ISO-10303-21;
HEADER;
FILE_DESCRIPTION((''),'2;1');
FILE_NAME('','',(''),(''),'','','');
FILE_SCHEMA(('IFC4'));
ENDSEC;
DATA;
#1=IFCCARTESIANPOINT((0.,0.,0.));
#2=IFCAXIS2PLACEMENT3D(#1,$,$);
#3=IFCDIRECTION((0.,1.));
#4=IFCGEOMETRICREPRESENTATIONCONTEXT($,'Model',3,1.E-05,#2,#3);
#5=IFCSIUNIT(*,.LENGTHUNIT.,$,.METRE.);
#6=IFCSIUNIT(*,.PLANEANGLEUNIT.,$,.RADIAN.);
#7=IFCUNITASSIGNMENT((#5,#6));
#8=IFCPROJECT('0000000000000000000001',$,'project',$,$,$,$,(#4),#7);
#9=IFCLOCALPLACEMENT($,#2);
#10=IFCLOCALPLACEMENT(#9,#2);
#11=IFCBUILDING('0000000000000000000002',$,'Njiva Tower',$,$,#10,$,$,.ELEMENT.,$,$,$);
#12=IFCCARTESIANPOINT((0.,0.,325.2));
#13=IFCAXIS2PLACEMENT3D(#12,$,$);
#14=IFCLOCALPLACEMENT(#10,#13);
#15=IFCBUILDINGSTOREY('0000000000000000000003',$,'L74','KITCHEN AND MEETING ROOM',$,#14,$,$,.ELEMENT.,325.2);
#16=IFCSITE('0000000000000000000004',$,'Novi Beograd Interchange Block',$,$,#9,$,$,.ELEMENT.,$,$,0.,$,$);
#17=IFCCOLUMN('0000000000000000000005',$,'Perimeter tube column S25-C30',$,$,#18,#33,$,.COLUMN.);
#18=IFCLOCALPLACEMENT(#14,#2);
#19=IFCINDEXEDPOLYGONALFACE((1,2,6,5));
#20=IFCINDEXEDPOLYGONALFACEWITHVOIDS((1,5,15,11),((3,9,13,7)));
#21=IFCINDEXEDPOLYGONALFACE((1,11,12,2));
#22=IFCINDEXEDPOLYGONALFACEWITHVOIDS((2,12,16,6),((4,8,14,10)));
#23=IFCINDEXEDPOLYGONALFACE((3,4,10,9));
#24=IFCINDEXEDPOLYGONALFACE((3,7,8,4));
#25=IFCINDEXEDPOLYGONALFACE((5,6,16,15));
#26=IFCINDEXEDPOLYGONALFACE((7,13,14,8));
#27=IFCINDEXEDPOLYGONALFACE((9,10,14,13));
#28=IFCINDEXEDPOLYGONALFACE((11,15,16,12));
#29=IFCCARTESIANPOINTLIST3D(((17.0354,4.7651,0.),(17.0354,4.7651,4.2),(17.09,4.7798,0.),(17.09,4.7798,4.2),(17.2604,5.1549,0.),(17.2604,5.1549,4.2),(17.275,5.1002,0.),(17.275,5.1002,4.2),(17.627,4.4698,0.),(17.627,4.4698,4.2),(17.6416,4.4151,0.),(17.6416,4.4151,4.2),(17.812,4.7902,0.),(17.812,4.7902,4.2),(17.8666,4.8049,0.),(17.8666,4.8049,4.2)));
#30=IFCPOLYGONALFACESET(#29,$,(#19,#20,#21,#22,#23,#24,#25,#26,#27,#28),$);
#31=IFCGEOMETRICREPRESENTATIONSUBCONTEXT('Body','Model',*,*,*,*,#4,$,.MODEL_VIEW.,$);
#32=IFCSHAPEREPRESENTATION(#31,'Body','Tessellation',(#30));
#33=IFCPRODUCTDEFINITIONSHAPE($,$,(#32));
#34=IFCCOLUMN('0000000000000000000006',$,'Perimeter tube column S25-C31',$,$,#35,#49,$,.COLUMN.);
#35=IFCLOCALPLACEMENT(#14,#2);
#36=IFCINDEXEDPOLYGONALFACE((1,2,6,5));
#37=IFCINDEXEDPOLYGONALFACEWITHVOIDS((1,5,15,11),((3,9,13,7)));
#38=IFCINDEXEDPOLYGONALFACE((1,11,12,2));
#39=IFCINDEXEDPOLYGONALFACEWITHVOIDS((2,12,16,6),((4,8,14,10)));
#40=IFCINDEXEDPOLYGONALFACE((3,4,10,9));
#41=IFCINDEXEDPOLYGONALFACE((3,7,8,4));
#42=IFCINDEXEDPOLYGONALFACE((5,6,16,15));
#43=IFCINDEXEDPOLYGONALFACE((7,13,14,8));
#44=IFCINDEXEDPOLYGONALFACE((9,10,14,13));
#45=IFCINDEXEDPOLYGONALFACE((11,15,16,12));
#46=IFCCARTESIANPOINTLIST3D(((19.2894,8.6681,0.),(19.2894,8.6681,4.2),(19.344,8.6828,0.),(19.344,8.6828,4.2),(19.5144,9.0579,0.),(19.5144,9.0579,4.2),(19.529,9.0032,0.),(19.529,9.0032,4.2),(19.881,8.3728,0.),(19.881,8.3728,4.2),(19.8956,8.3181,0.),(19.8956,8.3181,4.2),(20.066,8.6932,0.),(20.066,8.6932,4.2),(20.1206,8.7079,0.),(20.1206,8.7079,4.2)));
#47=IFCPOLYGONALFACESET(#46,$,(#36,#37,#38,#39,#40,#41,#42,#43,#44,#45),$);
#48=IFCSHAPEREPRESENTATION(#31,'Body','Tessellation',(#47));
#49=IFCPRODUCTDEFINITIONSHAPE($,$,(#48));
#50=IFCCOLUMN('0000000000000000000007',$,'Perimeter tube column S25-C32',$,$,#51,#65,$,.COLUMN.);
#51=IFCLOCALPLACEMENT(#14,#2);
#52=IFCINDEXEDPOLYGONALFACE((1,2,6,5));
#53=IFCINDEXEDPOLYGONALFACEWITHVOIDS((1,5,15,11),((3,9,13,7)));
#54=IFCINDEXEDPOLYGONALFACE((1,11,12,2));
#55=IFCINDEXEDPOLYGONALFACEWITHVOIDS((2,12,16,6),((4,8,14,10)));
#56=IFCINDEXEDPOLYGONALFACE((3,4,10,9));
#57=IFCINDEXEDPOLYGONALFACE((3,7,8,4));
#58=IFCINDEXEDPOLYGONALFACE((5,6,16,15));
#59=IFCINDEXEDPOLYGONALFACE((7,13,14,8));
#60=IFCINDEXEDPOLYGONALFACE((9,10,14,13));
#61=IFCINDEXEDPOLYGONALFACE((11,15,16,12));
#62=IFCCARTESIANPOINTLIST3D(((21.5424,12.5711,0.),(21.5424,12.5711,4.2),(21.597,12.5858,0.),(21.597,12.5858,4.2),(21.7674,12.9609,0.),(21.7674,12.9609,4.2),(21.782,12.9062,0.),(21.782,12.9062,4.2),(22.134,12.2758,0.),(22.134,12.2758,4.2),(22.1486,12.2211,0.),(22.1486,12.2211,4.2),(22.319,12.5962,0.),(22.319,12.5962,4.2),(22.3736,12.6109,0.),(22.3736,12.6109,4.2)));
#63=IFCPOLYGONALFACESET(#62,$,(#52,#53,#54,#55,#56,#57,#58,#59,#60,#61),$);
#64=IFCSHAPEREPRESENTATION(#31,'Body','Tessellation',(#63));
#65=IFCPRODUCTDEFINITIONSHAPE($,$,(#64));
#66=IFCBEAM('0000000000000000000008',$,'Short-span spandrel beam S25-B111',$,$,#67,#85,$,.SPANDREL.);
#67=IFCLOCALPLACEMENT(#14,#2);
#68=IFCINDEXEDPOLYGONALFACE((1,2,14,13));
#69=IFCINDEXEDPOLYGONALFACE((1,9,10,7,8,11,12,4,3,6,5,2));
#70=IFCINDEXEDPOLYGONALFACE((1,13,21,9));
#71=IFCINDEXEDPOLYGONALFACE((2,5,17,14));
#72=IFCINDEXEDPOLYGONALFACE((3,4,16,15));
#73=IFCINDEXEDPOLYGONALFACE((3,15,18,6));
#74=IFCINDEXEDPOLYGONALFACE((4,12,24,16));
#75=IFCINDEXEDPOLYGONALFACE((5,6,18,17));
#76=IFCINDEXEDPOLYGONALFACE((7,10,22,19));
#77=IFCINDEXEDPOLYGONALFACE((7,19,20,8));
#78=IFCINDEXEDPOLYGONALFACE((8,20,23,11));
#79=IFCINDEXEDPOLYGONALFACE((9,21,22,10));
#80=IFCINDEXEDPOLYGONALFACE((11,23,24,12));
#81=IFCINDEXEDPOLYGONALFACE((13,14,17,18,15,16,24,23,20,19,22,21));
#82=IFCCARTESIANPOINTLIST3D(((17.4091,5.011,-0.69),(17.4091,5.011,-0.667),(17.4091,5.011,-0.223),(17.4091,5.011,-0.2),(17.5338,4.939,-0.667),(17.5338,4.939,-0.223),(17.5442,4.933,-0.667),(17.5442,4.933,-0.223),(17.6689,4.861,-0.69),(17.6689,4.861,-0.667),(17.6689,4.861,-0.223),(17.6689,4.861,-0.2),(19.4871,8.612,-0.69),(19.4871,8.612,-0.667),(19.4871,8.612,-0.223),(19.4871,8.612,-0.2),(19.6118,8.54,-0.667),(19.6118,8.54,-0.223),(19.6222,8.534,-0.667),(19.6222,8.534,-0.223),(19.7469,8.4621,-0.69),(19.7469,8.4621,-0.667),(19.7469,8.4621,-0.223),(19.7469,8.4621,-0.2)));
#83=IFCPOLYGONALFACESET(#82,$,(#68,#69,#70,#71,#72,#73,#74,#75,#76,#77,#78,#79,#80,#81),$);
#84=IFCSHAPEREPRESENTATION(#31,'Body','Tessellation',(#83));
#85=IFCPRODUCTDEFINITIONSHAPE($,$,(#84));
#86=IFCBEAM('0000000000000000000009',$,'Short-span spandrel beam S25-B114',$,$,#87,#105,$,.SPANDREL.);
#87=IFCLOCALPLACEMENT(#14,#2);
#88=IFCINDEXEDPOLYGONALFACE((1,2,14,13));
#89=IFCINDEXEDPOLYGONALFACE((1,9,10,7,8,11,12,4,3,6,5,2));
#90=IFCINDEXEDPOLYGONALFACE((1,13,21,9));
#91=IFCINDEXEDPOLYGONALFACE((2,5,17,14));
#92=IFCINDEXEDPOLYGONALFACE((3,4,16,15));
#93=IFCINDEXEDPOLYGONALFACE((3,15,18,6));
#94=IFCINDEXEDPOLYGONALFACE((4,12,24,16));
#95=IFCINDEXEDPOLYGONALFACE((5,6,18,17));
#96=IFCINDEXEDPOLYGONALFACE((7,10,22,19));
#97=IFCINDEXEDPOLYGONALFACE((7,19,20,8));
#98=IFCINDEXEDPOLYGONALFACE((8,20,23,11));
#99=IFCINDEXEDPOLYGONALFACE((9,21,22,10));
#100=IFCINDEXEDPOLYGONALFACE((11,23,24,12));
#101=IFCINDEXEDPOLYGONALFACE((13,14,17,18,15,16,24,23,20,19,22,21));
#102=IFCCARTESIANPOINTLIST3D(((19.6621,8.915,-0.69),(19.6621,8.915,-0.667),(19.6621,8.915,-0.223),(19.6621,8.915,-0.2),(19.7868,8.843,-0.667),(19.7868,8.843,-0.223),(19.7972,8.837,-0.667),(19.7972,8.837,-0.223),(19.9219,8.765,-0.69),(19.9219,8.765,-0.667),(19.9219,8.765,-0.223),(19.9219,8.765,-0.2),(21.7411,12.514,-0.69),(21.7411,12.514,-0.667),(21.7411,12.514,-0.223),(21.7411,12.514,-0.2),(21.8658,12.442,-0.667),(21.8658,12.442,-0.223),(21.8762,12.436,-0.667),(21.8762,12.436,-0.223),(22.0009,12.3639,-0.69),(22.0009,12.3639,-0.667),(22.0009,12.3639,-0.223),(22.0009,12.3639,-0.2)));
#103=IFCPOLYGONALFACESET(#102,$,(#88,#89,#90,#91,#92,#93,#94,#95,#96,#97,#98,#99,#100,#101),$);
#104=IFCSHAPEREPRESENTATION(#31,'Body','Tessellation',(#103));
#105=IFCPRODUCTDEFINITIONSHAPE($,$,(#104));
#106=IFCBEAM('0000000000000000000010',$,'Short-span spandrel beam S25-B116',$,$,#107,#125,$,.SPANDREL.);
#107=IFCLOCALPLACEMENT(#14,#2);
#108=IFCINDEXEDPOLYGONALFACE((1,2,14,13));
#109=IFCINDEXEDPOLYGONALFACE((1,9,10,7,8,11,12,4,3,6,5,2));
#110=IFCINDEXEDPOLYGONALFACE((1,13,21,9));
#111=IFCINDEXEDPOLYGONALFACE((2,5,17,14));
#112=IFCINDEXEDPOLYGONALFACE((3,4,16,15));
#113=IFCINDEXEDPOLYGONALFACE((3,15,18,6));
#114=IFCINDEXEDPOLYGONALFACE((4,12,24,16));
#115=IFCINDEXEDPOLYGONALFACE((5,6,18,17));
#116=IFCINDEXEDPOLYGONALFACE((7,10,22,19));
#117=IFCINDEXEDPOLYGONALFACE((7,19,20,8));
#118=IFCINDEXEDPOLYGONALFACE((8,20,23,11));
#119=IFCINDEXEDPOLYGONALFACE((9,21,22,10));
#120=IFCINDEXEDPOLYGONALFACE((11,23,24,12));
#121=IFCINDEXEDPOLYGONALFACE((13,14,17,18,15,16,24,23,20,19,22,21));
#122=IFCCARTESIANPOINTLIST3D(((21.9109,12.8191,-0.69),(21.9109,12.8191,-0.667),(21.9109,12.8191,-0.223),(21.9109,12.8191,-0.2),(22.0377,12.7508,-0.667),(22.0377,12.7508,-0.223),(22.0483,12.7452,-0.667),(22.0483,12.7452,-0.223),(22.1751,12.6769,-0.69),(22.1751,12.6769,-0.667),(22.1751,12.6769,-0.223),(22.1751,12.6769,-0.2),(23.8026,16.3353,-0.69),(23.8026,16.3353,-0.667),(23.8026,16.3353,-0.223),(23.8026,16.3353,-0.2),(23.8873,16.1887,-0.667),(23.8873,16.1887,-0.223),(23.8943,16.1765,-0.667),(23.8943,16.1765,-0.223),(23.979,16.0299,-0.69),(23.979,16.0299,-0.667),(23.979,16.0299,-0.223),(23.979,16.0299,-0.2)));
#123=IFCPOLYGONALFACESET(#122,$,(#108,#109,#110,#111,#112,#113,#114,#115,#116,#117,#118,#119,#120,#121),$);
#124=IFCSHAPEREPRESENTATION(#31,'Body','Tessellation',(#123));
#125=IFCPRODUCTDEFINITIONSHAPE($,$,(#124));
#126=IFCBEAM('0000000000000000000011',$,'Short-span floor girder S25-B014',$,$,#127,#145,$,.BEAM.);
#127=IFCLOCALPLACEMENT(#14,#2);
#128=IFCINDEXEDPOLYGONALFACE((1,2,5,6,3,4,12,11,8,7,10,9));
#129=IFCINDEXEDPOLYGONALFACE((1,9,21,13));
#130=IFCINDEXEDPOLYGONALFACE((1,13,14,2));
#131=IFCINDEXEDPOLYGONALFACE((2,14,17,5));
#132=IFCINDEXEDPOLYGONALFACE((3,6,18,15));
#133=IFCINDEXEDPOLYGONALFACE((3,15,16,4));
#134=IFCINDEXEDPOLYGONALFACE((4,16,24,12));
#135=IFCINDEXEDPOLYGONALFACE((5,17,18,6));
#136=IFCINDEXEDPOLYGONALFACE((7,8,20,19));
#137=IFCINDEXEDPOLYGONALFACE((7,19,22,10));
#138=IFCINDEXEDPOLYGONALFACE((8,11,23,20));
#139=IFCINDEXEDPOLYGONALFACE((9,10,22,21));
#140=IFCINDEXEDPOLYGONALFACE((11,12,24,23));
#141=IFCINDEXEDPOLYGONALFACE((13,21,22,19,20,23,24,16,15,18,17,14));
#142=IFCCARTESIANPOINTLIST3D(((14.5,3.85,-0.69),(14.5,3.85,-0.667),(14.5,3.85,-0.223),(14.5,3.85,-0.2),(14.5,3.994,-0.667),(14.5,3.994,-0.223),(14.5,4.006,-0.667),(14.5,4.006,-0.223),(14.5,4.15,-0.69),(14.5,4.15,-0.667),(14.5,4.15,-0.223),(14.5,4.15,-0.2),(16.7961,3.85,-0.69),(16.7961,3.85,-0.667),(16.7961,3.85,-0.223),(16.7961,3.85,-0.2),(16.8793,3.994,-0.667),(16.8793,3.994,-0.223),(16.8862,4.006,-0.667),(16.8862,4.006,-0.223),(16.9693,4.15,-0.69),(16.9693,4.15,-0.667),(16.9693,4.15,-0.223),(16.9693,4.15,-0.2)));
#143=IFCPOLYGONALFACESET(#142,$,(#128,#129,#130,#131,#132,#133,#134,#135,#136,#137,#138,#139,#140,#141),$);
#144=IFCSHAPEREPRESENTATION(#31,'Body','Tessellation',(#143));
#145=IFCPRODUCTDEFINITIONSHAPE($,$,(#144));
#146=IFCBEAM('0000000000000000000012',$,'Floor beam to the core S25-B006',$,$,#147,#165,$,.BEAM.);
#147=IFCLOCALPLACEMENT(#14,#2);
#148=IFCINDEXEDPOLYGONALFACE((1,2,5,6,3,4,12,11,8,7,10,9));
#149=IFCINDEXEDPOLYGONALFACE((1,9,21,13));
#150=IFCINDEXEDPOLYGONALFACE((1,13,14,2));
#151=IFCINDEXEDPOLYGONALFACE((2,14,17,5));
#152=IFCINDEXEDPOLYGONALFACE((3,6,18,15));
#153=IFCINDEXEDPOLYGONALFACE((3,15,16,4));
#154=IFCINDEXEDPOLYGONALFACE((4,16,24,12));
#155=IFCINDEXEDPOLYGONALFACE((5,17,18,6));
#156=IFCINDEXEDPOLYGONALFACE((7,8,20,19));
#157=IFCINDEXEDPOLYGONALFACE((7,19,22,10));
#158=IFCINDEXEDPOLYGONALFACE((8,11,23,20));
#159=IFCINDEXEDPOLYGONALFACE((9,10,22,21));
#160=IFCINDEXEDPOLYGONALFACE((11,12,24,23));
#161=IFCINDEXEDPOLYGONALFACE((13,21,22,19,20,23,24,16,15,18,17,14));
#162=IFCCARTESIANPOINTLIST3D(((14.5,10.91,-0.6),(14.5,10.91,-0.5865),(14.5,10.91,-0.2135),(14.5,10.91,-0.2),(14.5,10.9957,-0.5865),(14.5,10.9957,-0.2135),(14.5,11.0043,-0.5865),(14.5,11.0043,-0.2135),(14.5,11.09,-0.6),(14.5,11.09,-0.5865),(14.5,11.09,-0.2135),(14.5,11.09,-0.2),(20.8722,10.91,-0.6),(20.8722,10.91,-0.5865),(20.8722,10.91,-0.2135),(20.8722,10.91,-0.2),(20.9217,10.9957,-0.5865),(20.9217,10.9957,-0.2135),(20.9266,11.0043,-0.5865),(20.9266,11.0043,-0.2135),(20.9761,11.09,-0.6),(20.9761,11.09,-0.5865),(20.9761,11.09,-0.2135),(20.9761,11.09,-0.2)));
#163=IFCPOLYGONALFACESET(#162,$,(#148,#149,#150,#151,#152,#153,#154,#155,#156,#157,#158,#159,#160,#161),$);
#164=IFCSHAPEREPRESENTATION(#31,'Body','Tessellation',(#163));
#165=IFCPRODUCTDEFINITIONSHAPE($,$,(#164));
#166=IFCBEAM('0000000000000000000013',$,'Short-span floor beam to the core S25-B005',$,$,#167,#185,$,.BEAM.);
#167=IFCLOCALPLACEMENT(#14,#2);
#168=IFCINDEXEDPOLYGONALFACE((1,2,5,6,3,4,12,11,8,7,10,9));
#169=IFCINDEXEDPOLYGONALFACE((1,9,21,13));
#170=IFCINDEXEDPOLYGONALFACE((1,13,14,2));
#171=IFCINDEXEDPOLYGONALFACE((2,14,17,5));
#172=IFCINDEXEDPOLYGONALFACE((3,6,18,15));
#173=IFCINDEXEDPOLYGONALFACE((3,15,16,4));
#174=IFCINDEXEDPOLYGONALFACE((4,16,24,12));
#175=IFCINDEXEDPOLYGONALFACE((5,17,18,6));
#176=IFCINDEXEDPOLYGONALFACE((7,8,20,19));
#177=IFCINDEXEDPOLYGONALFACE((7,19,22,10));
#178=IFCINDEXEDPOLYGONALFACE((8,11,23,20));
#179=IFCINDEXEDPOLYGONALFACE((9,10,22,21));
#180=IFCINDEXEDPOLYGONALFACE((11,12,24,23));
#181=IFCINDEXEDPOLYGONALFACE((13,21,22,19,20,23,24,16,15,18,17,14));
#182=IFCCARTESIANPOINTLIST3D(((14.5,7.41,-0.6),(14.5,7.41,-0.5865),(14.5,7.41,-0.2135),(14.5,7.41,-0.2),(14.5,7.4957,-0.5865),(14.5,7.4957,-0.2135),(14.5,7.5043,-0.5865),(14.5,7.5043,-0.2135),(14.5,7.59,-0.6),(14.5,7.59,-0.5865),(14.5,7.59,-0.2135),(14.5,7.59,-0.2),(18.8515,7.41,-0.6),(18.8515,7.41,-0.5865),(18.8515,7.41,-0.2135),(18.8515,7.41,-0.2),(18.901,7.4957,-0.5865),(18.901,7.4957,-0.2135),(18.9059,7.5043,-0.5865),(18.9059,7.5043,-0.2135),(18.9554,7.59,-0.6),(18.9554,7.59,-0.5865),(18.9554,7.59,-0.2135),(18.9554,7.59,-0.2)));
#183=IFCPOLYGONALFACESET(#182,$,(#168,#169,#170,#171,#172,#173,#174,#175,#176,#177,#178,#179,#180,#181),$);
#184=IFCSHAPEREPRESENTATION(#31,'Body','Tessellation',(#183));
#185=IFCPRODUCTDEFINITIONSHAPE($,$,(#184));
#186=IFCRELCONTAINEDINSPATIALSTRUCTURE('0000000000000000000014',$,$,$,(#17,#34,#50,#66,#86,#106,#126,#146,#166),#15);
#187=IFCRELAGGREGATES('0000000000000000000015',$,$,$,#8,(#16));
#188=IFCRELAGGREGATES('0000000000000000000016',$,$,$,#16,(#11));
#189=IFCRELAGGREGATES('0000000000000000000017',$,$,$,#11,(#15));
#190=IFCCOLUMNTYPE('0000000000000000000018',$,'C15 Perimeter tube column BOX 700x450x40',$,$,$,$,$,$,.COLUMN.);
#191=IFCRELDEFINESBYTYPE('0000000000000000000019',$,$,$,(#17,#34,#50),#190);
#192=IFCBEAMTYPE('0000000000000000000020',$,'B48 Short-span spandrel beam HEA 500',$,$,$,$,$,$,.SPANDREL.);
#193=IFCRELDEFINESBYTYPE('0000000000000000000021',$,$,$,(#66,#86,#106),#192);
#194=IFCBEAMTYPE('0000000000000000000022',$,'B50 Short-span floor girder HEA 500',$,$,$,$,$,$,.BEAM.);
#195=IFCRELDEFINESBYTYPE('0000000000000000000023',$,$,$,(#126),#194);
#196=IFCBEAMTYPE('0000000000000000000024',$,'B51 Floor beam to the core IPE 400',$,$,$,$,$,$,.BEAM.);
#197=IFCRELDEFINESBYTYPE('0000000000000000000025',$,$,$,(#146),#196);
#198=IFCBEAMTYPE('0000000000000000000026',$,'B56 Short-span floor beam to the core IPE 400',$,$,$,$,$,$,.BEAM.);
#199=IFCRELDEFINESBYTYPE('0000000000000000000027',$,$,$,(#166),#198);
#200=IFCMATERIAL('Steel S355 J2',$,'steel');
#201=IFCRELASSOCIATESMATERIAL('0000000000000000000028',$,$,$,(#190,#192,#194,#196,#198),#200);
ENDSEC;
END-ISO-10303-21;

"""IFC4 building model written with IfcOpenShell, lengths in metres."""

from ifc_helpers import new_model, si_unit, direction, frame, origin, origin_2d, place, context, subcontext, project, spatial, hollow_rectangle, i_section, extrude, clip, halfspace, material, material_profile, profile_set, type_object, element, save


model = new_model("IFC4")

# Units and contexts
model_context = context("Model", 3, precision=1e-05, world=origin(), true_north=direction((0.0, 1.0)))
body_context = subcontext(model_context, "Body", "Model", "MODEL_VIEW")
ifc_project = project(units=[si_unit("LENGTHUNIT", "METRE"), si_unit("PLANEANGLEUNIT", "RADIAN")], contexts=[model_context])

# Site, building, storey
site_placement = place(None, origin())
site = spatial("IfcSite", under=ifc_project, at=site_placement, Name="Novi Beograd Interchange Block", CompositionType="ELEMENT", RefElevation=0.0)
building_placement = place(site_placement, origin())
building = spatial("IfcBuilding", under=site, at=building_placement, Name="Njiva Tower", CompositionType="ELEMENT")
storey_placement = place(building_placement, frame((0.0, 0.0, 325.2)))
storey = spatial("IfcBuildingStorey", under=building, at=storey_placement, Name="L74", Description="KITCHEN AND MEETING ROOM", CompositionType="ELEMENT", Elevation=325.2)

# Columns
ifc_material_1 = material(Name="Steel S355 J2", Category="steel")
ifc_material_profile_1 = material_profile(ifc_material_1, hollow_rectangle(XDim=0.45, YDim=0.7, WallThickness=0.04, at=origin_2d()), Name="BOX 700x450x40")
ifc_profile_set_1 = profile_set([ifc_material_profile_1], Name="Steel S355 J2")
column_type = type_object("IfcColumnType", Name="C15 Perimeter tube column BOX 700x450x40", PredefinedType="COLUMN", material=ifc_profile_set_1)
for number, where, z_axis, x_axis, name in (
    (1, (17.451, 4.785, 0.0), (0.0, 0.0, 1.0), (0.5, 0.866025, 0.0), "Perimeter tube column S25-C30"),
    (2, (19.705, 8.688, 0.0), (0.0, 0.0, 1.0), (0.5, 0.866025, 0.0), "Perimeter tube column S25-C31"),
    (3, (21.958, 12.591, 0.0), (0.0, 0.0, 1.0), (0.5, 0.866025, 0.0), "Perimeter tube column S25-C32"),
):
    element("IfcColumn", number, at=place(storey_placement, frame(where, z_axis=z_axis, x_axis=x_axis)), inside=storey, type_object=column_type, Name=name, PredefinedType="COLUMN", context=body_context, shape_type="SweptSolid", body=[
        extrude(hollow_rectangle(XDim=0.45, YDim=0.7, WallThickness=0.04, at=origin_2d()), origin(), (0.0, 0.0, 1.0), 4.2),
    ])

# Beams
ifc_material_profile_2 = material_profile(ifc_material_1, i_section(OverallWidth=0.3, OverallDepth=0.49, WebThickness=0.012, FlangeThickness=0.023, at=origin_2d()), Name="HEA 500")
ifc_profile_set_2 = profile_set([ifc_material_profile_2], Name="Steel S355 J2")
beam_type_1 = type_object("IfcBeamType", Name="B48 Short-span spandrel beam HEA 500", PredefinedType="SPANDREL", material=ifc_profile_set_2)
beam_1_placement = place(storey_placement, frame((17.539, 4.936, -0.445), z_axis=(0.499813, 0.866134, 0.0), x_axis=(-0.866134, 0.499813, 0.0)))
element("IfcBeam", 4, at=beam_1_placement, inside=storey, type_object=beam_type_1, Name="Short-span spandrel beam S25-B111", PredefinedType="SPANDREL", context=body_context, shape_type="SweptSolid", body=[
    extrude(i_section(OverallWidth=0.3, OverallDepth=0.49, WebThickness=0.012, FlangeThickness=0.023, at=origin_2d()), origin(), (0.0, 0.0, 1.0), 4.1576),
])
beam_2_placement = place(storey_placement, frame((19.792, 8.84, -0.445), z_axis=(0.500201, 0.865909, 0.0), x_axis=(-0.865909, 0.500201, 0.0)))
element("IfcBeam", 5, at=beam_2_placement, inside=storey, type_object=beam_type_1, Name="Short-span spandrel beam S25-B114", PredefinedType="SPANDREL", context=body_context, shape_type="SweptSolid", body=[
    extrude(i_section(OverallWidth=0.3, OverallDepth=0.49, WebThickness=0.012, FlangeThickness=0.023, at=origin_2d()), origin(), (0.0, 0.0, 1.0), 4.1563),
])
beam_3_placement = place(storey_placement, frame((22.043, 12.748, -0.445), z_axis=(0.473779, 0.880644, 0.0), x_axis=(-0.880644, 0.473779, 0.0)))
element("IfcBeam", 6, at=beam_3_placement, inside=storey, type_object=beam_type_1, Name="Short-span spandrel beam S25-B116", PredefinedType="SPANDREL", context=body_context, shape_type="Clipping", body=[
    clip(extrude(i_section(OverallWidth=0.3, OverallDepth=0.49, WebThickness=0.012, FlangeThickness=0.023, at=origin_2d()), origin(), (0.0, 0.0, 1.0), 4.0136), halfspace(frame((-0.0259, 0.0, 3.8841), z_axis=(-0.525773, 0.0, 0.850625), x_axis=(0.0, 1.0, 0.0)), False)),
])
ifc_material_profile_3 = material_profile(ifc_material_1, i_section(OverallWidth=0.3, OverallDepth=0.49, WebThickness=0.012, FlangeThickness=0.023, at=origin_2d()), Name="HEA 500")
ifc_profile_set_3 = profile_set([ifc_material_profile_3], Name="Steel S355 J2")
beam_type_2 = type_object("IfcBeamType", Name="B50 Short-span floor girder HEA 500", PredefinedType="BEAM", material=ifc_profile_set_3)
beam_4_placement = place(storey_placement, frame((14.5, 4.0, -0.445), z_axis=(1.0, 0.0, 0.0), x_axis=(0.0, 1.0, 0.0)))
element("IfcBeam", 7, at=beam_4_placement, inside=storey, type_object=beam_type_2, Name="Short-span floor girder S25-B014", PredefinedType="BEAM", context=body_context, shape_type="Clipping", body=[
    clip(extrude(i_section(OverallWidth=0.3, OverallDepth=0.49, WebThickness=0.012, FlangeThickness=0.023, at=origin_2d()), origin(), (0.0, 0.0, 1.0), 2.49), halfspace(frame((-0.025, 0.0, 2.3683), z_axis=(-0.499998, 0.0, 0.866027), x_axis=(0.0, 1.0, 0.0)), False)),
])
ifc_material_profile_4 = material_profile(ifc_material_1, i_section(OverallWidth=0.18, OverallDepth=0.4, WebThickness=0.0086, FlangeThickness=0.0135, at=origin_2d()), Name="IPE 400")
ifc_profile_set_4 = profile_set([ifc_material_profile_4], Name="Steel S355 J2")
beam_type_3 = type_object("IfcBeamType", Name="B51 Floor beam to the core IPE 400", PredefinedType="BEAM", material=ifc_profile_set_4)
beam_5_placement = place(storey_placement, frame((14.5, 11.0, -0.4), z_axis=(1.0, 0.0, 0.0), x_axis=(0.0, 1.0, 0.0)))
element("IfcBeam", 8, at=beam_5_placement, inside=storey, type_object=beam_type_3, Name="Floor beam to the core S25-B006", PredefinedType="BEAM", context=body_context, shape_type="Clipping", body=[
    clip(extrude(i_section(OverallWidth=0.18, OverallDepth=0.4, WebThickness=0.0086, FlangeThickness=0.0135, at=origin_2d()), origin(), (0.0, 0.0, 1.0), 6.496), halfspace(frame((-0.025, 0.0, 6.4097), z_axis=(-0.499998, 0.0, 0.866027), x_axis=(0.0, 1.0, 0.0)), False)),
])
ifc_material_profile_5 = material_profile(ifc_material_1, i_section(OverallWidth=0.18, OverallDepth=0.4, WebThickness=0.0086, FlangeThickness=0.0135, at=origin_2d()), Name="IPE 400")
ifc_profile_set_5 = profile_set([ifc_material_profile_5], Name="Steel S355 J2")
beam_type_4 = type_object("IfcBeamType", Name="B56 Short-span floor beam to the core IPE 400", PredefinedType="BEAM", material=ifc_profile_set_5)
beam_6_placement = place(storey_placement, frame((14.5, 7.5, -0.4), z_axis=(1.0, 0.0, 0.0), x_axis=(0.0, 1.0, 0.0)))
element("IfcBeam", 9, at=beam_6_placement, inside=storey, type_object=beam_type_4, Name="Short-span floor beam to the core S25-B005", PredefinedType="BEAM", context=body_context, shape_type="Clipping", body=[
    clip(extrude(i_section(OverallWidth=0.18, OverallDepth=0.4, WebThickness=0.0086, FlangeThickness=0.0135, at=origin_2d()), origin(), (0.0, 0.0, 1.0), 4.475), halfspace(frame((-0.025, 0.0, 4.389), z_axis=(-0.499998, 0.0, 0.866027), x_axis=(0.0, 1.0, 0.0)), False)),
])

save(model, "model.ifc")
